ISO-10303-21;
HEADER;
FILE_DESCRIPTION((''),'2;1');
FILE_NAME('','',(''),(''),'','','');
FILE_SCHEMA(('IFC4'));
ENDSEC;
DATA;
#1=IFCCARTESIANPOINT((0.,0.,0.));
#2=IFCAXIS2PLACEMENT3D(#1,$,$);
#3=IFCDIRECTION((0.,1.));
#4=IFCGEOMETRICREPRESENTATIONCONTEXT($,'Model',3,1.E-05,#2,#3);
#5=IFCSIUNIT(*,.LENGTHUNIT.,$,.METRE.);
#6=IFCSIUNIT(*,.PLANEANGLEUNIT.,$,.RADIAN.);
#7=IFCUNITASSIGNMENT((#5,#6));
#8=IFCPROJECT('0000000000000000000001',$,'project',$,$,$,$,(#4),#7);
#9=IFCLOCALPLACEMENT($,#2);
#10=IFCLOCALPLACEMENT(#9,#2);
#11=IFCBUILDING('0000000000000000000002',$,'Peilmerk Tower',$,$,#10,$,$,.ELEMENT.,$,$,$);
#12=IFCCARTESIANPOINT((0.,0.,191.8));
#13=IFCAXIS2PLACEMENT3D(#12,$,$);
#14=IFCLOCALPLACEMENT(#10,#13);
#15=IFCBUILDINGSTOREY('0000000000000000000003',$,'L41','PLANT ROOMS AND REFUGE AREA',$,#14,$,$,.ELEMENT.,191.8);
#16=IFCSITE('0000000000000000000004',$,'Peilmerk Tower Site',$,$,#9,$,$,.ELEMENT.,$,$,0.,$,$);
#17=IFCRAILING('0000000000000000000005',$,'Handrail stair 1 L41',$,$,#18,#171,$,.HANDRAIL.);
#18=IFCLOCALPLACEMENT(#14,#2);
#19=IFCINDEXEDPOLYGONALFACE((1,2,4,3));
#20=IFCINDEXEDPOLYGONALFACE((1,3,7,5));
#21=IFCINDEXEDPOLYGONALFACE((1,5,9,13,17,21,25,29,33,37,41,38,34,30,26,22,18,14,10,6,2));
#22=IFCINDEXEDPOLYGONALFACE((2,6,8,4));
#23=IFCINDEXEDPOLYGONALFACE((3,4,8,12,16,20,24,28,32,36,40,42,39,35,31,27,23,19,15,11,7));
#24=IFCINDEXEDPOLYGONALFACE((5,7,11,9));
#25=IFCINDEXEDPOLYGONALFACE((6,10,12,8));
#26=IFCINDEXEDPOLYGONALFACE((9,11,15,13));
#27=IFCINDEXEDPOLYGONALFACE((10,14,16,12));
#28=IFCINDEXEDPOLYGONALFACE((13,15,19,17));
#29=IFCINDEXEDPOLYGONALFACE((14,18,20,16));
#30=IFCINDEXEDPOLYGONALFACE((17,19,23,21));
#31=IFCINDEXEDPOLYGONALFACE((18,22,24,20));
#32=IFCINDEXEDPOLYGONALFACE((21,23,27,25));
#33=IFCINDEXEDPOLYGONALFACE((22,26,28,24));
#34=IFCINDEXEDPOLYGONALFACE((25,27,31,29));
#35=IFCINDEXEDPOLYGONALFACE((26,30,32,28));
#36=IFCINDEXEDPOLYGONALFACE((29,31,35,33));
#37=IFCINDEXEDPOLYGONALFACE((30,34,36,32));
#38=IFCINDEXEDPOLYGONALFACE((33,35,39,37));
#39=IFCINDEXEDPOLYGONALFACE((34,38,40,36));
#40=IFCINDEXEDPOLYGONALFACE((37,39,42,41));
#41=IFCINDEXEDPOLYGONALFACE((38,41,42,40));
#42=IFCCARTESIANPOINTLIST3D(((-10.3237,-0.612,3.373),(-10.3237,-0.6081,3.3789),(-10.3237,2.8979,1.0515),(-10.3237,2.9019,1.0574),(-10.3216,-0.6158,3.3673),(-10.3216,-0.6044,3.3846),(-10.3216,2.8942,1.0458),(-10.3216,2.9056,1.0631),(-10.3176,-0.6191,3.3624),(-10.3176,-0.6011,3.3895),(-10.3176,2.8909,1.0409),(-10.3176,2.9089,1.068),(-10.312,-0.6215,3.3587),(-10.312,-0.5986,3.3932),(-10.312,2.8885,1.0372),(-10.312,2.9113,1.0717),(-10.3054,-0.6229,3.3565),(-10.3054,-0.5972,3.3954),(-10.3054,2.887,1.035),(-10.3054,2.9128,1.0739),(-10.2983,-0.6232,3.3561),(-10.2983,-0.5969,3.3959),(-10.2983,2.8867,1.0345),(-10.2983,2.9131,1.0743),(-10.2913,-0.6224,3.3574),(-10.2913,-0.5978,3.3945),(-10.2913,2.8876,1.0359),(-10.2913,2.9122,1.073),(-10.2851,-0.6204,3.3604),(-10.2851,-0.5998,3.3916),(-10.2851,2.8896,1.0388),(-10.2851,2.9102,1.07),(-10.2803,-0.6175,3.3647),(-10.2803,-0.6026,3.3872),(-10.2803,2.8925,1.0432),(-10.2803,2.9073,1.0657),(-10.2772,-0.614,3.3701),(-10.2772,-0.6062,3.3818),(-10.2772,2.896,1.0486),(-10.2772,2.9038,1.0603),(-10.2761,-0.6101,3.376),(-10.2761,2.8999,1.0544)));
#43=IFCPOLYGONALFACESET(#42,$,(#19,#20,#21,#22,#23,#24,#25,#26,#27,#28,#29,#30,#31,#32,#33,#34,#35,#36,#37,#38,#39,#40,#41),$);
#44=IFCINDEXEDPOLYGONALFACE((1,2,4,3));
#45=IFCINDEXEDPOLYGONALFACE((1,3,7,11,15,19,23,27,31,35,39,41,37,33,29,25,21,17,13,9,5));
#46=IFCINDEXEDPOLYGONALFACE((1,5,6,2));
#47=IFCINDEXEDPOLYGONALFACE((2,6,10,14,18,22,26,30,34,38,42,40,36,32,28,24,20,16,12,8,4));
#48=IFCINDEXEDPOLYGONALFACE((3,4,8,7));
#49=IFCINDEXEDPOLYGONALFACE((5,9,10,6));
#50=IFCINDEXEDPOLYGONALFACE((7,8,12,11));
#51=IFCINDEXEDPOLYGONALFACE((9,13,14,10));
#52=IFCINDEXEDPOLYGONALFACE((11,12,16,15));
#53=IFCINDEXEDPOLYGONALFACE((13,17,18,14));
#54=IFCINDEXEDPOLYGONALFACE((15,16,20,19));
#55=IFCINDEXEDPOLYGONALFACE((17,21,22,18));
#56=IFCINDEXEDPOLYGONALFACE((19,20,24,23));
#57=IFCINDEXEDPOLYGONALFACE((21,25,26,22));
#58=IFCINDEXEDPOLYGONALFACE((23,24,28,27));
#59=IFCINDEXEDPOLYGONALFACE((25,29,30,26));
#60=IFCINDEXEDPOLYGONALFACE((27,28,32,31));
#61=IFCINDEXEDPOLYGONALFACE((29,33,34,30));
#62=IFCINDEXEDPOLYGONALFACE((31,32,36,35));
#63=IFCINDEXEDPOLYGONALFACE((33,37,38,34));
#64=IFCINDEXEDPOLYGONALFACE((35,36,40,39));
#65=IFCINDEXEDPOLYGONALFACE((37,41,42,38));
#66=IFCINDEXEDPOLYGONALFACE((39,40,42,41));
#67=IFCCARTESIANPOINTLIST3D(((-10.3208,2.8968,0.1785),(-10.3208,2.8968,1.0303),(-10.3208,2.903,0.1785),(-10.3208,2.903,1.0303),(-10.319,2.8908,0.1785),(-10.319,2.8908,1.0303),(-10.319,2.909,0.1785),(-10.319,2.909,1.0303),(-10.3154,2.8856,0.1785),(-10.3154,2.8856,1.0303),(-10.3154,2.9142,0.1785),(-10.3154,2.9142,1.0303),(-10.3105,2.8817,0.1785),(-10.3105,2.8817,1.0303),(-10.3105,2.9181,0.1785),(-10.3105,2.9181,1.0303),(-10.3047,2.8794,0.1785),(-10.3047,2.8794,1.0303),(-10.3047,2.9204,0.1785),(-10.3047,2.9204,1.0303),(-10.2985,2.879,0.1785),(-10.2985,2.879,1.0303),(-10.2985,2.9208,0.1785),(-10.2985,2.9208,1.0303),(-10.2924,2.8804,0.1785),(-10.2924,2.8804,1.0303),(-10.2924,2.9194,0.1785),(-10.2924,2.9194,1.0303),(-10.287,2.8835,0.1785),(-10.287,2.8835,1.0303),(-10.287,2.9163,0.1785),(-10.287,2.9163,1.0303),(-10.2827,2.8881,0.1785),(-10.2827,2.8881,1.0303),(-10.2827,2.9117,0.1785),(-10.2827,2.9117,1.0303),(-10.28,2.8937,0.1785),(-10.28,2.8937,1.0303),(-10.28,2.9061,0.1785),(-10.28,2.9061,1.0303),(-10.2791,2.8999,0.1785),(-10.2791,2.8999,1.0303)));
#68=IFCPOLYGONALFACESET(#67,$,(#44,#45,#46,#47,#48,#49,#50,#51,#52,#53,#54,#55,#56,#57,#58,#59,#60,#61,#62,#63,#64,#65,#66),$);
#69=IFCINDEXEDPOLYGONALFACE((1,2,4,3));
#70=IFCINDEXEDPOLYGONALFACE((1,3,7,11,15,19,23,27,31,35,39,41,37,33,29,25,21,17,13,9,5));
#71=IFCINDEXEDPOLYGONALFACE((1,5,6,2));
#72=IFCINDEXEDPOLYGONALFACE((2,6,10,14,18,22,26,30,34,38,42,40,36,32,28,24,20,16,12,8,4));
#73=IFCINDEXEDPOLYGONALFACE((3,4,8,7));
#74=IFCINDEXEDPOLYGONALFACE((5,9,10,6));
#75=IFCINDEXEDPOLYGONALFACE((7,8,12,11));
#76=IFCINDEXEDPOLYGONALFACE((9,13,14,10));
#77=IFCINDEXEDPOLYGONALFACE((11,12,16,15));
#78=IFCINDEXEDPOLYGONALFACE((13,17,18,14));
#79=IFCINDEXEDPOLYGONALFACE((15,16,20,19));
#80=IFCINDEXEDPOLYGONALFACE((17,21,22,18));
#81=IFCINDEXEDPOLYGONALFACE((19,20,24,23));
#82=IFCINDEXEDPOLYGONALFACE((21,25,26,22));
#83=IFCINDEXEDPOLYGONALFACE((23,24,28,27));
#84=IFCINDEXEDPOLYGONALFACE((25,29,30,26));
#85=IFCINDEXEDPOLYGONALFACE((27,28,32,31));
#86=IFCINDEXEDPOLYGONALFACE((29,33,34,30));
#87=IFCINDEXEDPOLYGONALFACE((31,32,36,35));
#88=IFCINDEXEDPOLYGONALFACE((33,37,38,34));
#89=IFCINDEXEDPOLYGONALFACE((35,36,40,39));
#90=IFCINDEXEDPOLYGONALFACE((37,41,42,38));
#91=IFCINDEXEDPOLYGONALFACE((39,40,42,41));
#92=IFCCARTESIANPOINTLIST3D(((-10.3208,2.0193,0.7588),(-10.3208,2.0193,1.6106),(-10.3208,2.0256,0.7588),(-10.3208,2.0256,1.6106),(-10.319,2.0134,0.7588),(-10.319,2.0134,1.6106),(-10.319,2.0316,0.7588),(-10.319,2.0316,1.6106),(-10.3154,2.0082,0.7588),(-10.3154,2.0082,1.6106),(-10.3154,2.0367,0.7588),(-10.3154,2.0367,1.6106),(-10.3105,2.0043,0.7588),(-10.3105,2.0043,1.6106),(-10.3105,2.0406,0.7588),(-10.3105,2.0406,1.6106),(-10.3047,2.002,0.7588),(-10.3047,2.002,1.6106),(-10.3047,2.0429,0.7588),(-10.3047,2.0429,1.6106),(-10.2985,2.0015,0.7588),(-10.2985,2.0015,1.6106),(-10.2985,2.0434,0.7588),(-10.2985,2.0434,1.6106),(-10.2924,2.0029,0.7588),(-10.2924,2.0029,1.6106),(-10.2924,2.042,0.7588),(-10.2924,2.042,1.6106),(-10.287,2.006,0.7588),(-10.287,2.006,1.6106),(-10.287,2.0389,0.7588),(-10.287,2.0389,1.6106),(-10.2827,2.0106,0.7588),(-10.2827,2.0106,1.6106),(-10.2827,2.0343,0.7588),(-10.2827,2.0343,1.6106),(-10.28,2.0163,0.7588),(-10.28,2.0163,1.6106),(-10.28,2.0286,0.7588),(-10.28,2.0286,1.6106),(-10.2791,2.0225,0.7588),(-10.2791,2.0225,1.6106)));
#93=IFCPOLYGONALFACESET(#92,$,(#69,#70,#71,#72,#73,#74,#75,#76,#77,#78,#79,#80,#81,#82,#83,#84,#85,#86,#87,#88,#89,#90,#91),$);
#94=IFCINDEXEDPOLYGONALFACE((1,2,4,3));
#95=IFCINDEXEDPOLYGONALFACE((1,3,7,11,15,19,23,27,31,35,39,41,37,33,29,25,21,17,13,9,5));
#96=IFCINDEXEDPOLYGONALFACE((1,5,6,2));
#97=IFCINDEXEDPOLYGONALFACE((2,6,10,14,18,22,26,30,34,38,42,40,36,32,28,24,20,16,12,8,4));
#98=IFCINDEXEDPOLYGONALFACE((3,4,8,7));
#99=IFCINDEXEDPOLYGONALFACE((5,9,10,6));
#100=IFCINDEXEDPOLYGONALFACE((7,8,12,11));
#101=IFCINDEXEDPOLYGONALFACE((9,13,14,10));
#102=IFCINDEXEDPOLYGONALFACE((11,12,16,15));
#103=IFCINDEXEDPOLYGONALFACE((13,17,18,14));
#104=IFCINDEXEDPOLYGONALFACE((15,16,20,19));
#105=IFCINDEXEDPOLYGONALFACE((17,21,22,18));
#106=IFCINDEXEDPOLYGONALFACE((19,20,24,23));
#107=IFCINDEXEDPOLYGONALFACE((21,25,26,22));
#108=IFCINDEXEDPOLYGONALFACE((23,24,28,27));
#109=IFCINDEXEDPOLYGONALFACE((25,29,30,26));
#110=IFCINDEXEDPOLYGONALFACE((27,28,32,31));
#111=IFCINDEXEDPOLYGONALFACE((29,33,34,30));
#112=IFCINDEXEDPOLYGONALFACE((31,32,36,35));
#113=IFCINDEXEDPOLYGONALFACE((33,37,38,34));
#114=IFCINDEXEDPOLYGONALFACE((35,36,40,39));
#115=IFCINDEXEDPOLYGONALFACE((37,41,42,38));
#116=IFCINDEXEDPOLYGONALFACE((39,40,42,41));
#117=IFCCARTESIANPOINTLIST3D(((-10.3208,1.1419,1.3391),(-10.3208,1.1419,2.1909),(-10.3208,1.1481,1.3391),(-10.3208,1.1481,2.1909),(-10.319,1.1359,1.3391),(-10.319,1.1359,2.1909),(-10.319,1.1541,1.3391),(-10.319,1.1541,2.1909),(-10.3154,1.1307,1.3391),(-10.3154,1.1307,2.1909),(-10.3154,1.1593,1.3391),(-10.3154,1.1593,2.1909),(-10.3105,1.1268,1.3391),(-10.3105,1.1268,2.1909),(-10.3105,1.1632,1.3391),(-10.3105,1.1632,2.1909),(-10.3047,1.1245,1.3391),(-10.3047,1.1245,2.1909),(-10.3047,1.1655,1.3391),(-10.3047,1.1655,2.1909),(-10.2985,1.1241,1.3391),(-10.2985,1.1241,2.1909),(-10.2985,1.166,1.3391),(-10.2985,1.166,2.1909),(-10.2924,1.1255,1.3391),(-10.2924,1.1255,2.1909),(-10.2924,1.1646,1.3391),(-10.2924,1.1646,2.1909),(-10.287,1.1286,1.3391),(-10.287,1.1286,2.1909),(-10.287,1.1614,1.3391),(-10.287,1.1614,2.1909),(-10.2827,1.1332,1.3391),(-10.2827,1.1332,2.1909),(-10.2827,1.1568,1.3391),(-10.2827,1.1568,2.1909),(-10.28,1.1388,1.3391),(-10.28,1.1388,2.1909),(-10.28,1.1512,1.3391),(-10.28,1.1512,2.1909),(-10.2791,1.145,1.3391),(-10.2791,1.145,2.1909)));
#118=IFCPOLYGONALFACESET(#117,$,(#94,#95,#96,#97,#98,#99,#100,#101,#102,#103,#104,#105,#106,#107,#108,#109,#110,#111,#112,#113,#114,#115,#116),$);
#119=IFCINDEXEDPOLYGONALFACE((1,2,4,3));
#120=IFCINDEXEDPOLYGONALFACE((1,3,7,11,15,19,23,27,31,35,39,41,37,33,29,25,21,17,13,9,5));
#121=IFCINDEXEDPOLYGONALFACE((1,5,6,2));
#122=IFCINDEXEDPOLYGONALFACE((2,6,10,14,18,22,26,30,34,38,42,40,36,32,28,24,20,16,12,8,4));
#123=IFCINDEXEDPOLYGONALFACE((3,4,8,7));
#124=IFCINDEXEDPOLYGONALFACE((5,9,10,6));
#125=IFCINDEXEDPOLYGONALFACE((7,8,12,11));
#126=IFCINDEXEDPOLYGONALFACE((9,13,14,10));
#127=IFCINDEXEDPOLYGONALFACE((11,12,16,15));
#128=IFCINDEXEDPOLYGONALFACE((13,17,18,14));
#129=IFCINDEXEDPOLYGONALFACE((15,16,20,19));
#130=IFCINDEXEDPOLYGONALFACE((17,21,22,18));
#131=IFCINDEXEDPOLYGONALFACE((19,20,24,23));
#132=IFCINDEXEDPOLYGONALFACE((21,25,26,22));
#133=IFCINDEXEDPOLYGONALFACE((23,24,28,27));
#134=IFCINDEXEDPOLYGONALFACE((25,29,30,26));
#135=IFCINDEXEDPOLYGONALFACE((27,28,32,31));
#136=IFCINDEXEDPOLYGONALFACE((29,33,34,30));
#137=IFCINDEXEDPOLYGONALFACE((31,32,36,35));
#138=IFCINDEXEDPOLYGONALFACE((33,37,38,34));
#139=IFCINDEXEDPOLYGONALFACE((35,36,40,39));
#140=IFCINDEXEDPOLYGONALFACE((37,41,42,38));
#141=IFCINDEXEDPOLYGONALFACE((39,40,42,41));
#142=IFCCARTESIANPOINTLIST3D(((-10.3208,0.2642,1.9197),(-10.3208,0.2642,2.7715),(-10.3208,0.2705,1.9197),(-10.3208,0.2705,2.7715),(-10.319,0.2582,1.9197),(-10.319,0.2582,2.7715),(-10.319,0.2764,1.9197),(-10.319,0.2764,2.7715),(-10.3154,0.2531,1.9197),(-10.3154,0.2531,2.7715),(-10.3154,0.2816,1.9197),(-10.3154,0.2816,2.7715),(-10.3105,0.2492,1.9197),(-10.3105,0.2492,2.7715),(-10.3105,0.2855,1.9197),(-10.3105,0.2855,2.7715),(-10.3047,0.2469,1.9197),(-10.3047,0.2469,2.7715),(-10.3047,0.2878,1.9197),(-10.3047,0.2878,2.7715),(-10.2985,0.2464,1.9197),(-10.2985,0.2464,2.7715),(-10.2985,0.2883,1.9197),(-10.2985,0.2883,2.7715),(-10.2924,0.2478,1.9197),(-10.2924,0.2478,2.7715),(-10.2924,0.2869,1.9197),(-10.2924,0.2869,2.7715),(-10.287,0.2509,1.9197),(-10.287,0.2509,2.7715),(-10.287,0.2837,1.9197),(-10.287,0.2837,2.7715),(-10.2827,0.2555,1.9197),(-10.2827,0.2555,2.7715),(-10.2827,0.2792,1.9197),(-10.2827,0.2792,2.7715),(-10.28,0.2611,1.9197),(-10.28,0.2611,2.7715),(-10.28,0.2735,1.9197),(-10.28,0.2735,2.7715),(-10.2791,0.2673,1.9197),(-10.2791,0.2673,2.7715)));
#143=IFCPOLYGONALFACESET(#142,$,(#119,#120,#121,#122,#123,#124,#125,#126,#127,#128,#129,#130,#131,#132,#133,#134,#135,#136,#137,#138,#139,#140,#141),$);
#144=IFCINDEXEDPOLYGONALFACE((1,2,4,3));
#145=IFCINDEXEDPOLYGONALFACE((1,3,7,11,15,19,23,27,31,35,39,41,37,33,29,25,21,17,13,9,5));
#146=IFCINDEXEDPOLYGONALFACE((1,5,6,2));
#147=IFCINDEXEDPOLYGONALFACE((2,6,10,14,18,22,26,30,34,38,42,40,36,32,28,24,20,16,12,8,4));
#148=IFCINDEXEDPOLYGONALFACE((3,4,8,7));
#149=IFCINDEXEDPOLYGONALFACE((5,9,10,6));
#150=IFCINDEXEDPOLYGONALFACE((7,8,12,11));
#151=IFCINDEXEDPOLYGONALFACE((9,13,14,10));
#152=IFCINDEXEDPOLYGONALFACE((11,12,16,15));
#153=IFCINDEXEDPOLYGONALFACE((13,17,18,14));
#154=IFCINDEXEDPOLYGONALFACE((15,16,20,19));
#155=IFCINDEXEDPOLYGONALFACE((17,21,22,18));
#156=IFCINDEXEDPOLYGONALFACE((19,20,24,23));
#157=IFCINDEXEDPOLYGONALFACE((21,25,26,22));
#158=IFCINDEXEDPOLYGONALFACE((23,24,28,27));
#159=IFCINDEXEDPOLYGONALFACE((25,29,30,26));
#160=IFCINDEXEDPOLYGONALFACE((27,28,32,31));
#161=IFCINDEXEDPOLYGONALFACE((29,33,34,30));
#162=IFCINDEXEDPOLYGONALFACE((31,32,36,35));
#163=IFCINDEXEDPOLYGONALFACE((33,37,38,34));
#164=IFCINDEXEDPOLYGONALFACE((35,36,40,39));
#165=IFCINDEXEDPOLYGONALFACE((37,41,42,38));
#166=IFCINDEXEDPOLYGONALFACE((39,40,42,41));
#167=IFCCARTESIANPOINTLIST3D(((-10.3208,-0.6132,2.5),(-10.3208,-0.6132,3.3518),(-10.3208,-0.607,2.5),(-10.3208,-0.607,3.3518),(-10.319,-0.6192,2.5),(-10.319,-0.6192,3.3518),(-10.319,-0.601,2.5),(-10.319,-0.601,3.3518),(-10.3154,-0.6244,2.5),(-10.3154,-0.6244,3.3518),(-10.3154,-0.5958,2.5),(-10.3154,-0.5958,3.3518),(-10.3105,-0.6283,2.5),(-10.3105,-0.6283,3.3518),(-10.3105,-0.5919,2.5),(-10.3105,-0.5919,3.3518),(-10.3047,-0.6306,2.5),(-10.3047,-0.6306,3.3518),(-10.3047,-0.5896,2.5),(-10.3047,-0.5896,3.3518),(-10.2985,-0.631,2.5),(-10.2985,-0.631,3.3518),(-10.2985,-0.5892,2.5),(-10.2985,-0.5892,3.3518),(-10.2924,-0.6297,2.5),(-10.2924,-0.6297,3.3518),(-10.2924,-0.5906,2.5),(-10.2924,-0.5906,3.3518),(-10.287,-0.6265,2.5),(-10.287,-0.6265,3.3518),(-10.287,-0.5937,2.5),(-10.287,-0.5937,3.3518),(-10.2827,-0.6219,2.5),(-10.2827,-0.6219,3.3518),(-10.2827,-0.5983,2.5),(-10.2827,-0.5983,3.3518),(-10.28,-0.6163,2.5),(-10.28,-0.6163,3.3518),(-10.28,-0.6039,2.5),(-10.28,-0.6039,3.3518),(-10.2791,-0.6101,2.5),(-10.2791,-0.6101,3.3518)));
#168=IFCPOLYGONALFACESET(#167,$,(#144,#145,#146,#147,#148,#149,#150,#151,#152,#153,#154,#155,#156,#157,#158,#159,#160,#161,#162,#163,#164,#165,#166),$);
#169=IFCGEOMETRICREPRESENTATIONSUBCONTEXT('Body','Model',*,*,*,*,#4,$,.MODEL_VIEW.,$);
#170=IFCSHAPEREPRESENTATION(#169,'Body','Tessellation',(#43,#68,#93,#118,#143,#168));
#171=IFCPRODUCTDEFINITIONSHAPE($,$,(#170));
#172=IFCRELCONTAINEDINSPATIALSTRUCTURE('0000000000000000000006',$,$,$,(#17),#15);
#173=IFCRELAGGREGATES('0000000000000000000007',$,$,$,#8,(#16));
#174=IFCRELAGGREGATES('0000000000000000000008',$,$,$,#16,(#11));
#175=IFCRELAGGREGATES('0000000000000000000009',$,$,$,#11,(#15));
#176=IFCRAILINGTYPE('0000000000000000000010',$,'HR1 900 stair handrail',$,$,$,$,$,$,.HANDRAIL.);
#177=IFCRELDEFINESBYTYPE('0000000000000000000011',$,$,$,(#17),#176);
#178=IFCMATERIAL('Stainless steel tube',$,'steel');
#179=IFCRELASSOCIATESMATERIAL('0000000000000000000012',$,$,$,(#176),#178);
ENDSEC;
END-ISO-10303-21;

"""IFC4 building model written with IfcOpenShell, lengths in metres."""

from ifc_helpers import new_model, si_unit, direction, frame, origin, origin_2d, place, context, subcontext, project, spatial, circle, extrude, material, type_object, element, save


model = new_model("IFC4")

# Units and contexts
model_context = context("Model", 3, precision=1e-05, world=origin(), true_north=direction((0.0, 1.0)))
body_context = subcontext(model_context, "Body", "Model", "MODEL_VIEW")
ifc_project = project(units=[si_unit("LENGTHUNIT", "METRE"), si_unit("PLANEANGLEUNIT", "RADIAN")], contexts=[model_context])

# Site, building, storey
site_placement = place(None, origin())
site = spatial("IfcSite", under=ifc_project, at=site_placement, Name="Peilmerk Tower Site", CompositionType="ELEMENT", RefElevation=0.0)
building_placement = place(site_placement, origin())
building = spatial("IfcBuilding", under=site, at=building_placement, Name="Peilmerk Tower", CompositionType="ELEMENT")
storey_placement = place(building_placement, frame((0.0, 0.0, 191.8)))
storey = spatial("IfcBuildingStorey", under=building, at=storey_placement, Name="L41", Description="PLANT ROOMS AND REFUGE AREA", CompositionType="ELEMENT", Elevation=191.8)

# Railing
ifc_material_1 = material(Name="Stainless steel tube", Category="steel")
railing_type_1 = type_object("IfcRailingType", Name="HR1 900 stair handrail", PredefinedType="HANDRAIL", material=ifc_material_1)
railing_1_placement = place(storey_placement, frame((-10.3, 2.8999, 0.1785)))
element("IfcRailing", 1, at=railing_1_placement, inside=storey, type_object=railing_type_1, Name="Handrail stair 1 L41", PredefinedType="HANDRAIL", context=body_context, shape_type="SweptSolid", body=[
    extrude(circle(Radius=0.0239, at=origin_2d()), frame((0.0, 0.0, 0.876), z_axis=(0.0, -0.834071, 0.551657), x_axis=(1.0, 0.0, 0.0)), (0.0, 0.0, 1.0), 4.2083),
    extrude(circle(Radius=0.021, at=origin_2d()), origin(), (0.0, 0.0, 1.0), 0.8518),
    extrude(circle(Radius=0.021, at=origin_2d()), frame((0.0, -0.8774, 0.5803)), (0.0, 0.0, 1.0), 0.8518),
    extrude(circle(Radius=0.021, at=origin_2d()), frame((0.0, -1.7549, 1.1606)), (0.0, 0.0, 1.0), 0.8518),
    extrude(circle(Radius=0.021, at=origin_2d()), frame((0.0, -2.6326, 1.7412)), (0.0, 0.0, 1.0), 0.8518),
    extrude(circle(Radius=0.021, at=origin_2d()), frame((0.0, -3.51, 2.3215)), (0.0, 0.0, 1.0), 0.8518),
])

save(model, "model.ifc")
